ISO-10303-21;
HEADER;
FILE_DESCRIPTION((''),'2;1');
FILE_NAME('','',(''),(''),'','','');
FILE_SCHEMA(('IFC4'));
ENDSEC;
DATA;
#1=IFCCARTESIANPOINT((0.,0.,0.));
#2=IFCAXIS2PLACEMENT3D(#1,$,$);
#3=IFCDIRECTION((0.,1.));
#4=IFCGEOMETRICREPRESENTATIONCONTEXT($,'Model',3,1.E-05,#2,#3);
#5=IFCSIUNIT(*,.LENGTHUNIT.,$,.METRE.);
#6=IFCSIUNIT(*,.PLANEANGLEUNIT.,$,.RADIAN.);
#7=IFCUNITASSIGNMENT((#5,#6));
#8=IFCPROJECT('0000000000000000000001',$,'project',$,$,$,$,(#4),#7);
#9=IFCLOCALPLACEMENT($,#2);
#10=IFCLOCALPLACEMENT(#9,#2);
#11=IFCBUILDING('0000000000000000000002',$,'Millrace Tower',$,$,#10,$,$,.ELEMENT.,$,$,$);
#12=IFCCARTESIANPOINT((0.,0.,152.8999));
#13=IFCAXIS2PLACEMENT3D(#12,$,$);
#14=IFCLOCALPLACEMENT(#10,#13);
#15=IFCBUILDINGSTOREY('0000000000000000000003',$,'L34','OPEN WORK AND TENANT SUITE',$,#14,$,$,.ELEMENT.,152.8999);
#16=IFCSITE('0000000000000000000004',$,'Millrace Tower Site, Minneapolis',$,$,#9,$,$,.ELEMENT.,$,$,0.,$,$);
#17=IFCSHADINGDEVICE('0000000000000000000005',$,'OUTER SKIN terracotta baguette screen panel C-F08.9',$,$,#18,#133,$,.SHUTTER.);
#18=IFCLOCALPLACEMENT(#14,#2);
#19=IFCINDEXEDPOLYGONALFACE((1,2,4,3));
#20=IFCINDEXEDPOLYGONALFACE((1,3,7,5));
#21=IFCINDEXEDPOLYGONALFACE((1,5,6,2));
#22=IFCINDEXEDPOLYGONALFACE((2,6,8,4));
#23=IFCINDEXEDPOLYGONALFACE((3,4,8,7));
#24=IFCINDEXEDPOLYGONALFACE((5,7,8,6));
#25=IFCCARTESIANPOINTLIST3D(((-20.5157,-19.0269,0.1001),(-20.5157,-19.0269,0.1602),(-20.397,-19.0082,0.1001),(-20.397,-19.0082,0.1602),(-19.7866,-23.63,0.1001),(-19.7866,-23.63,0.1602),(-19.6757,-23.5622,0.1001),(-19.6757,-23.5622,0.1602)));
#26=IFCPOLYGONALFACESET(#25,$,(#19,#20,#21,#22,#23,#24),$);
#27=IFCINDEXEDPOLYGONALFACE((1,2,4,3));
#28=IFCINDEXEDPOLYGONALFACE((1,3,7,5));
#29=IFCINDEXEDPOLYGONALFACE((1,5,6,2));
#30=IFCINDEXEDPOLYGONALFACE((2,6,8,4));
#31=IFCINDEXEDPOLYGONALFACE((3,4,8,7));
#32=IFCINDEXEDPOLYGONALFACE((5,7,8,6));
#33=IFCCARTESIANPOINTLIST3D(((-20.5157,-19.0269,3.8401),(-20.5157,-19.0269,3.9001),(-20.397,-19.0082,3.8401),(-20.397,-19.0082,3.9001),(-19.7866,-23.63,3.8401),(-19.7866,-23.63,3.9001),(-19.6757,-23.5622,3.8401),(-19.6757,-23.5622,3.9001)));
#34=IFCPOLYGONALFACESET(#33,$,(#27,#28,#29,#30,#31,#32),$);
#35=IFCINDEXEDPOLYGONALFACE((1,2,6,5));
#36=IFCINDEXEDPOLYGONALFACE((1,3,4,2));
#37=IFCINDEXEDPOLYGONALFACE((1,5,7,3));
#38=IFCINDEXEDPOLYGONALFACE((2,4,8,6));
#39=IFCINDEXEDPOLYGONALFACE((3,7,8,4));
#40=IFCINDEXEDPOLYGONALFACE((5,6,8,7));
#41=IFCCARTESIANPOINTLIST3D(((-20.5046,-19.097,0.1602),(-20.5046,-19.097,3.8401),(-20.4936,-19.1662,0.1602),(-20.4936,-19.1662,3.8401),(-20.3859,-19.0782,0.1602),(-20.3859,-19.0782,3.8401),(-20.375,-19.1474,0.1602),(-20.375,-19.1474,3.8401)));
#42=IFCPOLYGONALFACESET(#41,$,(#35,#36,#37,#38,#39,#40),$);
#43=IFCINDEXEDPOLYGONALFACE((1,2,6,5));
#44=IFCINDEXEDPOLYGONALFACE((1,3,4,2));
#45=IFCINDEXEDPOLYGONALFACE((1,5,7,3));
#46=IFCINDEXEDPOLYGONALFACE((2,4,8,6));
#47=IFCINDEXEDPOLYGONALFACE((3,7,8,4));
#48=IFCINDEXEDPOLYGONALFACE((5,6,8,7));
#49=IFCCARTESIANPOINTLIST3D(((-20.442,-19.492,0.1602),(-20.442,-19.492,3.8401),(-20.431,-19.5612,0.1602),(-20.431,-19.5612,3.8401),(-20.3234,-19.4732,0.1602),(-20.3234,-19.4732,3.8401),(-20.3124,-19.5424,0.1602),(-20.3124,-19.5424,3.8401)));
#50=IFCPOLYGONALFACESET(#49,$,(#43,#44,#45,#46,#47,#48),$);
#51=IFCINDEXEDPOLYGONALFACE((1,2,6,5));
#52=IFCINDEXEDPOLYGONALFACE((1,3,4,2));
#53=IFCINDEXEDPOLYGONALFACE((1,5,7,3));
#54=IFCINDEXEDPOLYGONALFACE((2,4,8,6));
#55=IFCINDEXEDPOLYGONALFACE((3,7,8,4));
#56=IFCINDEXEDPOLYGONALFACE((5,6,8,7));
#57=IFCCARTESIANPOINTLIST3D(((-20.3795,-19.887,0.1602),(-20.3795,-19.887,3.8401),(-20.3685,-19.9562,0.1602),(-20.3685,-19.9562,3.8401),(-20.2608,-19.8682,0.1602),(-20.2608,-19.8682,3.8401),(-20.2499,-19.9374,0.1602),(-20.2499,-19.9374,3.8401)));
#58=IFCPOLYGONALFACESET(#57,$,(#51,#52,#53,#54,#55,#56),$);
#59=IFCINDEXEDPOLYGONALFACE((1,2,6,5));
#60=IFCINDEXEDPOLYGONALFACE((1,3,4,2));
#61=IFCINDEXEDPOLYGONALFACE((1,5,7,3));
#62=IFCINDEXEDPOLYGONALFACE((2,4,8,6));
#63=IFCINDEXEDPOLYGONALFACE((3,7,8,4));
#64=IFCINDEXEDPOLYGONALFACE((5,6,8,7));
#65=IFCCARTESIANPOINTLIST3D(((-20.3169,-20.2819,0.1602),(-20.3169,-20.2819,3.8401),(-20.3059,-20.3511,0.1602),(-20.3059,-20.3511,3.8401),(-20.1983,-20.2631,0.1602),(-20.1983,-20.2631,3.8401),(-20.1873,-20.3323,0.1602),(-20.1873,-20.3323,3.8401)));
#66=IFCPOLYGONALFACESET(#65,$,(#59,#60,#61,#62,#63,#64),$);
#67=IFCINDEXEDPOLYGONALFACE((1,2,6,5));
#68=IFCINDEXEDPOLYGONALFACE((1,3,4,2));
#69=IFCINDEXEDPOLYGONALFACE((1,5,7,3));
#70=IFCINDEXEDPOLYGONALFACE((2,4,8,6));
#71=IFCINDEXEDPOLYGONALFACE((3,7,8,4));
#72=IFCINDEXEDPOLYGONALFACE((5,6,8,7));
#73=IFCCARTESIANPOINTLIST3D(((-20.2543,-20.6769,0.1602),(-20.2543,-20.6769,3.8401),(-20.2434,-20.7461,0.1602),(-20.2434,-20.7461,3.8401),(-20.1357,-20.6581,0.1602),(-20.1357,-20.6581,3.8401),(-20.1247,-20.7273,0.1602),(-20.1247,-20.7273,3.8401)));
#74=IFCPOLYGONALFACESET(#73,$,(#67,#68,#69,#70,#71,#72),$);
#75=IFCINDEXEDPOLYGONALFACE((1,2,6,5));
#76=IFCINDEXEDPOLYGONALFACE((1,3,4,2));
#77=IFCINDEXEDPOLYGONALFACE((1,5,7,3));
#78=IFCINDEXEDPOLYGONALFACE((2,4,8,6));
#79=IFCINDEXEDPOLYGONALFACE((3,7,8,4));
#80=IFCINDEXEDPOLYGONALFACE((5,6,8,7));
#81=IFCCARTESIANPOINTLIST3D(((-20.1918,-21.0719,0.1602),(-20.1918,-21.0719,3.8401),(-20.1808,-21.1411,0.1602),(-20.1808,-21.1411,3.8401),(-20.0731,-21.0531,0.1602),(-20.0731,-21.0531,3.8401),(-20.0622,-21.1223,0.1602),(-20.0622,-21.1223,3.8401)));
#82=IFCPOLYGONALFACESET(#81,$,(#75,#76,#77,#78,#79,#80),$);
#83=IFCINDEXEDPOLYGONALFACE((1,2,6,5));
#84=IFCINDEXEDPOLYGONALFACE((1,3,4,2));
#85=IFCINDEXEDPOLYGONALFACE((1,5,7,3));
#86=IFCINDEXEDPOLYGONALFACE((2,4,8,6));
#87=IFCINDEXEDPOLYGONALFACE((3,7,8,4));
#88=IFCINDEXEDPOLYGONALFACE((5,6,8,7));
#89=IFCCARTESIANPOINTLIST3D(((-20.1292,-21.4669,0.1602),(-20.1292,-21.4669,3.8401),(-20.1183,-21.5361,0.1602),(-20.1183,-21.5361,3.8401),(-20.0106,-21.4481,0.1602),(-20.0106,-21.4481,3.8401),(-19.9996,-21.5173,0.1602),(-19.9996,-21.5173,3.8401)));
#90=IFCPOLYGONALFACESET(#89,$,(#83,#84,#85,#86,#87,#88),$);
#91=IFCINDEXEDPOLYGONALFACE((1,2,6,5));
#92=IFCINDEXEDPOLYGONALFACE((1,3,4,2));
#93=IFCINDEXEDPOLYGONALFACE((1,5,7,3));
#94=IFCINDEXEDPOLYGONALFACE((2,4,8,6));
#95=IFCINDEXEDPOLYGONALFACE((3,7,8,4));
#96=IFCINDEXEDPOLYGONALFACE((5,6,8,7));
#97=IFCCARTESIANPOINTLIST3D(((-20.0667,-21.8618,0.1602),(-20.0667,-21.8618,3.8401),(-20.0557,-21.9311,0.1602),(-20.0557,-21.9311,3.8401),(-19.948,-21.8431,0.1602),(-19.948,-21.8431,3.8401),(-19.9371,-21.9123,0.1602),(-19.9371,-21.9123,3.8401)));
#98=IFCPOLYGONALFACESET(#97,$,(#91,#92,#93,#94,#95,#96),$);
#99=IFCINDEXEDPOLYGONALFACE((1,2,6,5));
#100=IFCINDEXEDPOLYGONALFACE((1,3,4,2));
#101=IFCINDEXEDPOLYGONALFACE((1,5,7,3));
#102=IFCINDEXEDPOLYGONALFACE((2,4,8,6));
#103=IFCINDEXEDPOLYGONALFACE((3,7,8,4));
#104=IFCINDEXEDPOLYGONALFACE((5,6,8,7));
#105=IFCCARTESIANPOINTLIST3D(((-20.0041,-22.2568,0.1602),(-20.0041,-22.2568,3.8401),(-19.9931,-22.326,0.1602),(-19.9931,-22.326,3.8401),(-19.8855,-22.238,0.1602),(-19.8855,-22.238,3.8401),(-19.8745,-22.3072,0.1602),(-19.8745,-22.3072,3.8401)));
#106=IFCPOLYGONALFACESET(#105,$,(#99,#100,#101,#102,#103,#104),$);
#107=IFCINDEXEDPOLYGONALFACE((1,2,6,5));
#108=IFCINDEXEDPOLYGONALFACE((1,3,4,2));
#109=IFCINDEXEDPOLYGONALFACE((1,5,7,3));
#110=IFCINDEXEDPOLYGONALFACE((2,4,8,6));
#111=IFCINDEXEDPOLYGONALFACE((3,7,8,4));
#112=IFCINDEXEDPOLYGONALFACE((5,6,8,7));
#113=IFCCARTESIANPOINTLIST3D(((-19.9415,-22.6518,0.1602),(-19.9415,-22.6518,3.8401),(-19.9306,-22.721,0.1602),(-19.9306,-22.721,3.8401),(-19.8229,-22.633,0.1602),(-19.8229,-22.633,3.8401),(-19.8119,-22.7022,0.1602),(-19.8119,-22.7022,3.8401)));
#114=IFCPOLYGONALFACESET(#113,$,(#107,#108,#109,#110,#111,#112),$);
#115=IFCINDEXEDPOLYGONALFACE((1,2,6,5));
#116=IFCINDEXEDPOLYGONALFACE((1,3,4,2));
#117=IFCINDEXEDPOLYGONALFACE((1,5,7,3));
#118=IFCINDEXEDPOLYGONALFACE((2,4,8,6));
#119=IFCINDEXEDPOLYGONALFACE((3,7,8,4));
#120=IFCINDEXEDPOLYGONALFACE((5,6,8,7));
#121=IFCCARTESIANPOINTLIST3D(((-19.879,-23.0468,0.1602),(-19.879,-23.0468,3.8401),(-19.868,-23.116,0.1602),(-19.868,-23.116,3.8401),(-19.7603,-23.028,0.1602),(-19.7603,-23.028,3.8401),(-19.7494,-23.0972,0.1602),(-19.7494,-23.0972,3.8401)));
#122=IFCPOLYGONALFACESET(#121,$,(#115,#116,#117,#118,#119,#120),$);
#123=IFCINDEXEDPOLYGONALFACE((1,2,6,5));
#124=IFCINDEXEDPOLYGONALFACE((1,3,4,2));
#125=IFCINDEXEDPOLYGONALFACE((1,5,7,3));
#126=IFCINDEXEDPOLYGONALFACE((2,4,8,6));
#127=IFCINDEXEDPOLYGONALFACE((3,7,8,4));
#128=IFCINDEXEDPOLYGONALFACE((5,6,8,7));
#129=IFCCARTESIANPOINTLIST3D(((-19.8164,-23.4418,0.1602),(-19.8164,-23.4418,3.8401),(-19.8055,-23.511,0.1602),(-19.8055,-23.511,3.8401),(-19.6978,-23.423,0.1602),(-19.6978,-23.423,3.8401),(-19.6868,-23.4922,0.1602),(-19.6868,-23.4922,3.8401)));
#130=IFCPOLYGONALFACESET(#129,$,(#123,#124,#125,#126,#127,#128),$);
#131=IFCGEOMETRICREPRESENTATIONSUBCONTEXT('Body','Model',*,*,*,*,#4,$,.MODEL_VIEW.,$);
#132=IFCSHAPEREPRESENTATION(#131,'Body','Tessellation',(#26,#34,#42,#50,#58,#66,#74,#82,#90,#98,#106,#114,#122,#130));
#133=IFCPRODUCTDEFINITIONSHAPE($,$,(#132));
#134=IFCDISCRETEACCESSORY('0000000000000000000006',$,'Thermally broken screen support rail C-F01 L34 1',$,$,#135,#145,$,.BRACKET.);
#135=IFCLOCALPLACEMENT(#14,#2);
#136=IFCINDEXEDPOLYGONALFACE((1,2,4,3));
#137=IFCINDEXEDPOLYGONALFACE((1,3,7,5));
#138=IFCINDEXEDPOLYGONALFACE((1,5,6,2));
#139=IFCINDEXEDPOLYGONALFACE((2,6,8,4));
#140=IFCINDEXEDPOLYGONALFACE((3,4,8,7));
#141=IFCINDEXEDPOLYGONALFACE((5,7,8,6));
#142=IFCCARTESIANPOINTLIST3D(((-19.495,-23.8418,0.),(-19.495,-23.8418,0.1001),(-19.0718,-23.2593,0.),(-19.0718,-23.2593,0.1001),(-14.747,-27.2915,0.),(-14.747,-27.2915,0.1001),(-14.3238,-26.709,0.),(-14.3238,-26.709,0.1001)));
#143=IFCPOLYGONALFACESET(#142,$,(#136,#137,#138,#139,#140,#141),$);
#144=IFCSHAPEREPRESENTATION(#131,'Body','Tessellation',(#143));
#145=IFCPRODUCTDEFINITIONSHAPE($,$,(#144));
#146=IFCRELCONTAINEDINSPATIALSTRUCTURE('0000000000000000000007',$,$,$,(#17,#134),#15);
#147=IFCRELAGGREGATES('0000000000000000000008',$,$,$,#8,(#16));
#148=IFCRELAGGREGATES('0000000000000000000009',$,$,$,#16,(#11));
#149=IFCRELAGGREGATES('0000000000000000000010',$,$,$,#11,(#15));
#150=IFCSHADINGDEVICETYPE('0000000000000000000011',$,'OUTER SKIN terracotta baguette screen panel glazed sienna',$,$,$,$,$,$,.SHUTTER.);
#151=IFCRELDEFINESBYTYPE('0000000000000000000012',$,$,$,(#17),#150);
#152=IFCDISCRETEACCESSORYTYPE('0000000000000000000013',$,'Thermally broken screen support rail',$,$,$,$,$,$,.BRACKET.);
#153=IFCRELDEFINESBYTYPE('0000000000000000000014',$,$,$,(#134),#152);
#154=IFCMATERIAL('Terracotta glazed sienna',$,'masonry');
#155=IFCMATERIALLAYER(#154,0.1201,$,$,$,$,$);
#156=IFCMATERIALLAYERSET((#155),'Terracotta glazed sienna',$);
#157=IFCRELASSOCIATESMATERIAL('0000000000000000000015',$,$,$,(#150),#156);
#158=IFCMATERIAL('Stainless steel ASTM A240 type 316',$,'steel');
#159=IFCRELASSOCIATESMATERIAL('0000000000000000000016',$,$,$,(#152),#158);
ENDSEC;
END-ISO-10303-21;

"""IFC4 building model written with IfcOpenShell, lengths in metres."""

from ifc_helpers import new_model, entity, si_unit, direction, frame, frame_2d, origin, origin_2d, place, context, subcontext, project, spatial, rectangle, extrude, source, transform, mapped, material, layer, layer_set, type_object, element, save


model = new_model("IFC4")

# Units and contexts
model_context = context("Model", 3, precision=1e-05, world=origin(), true_north=direction((0.0, 1.0)))
body_context = subcontext(model_context, "Body", "Model", "MODEL_VIEW")
ifc_project = project(units=[si_unit("LENGTHUNIT", "METRE"), si_unit("PLANEANGLEUNIT", "RADIAN")], contexts=[model_context])

# Site, building, storey
site_placement = place(None, origin())
site = spatial("IfcSite", under=ifc_project, at=site_placement, Name="Millrace Tower Site, Minneapolis", CompositionType="ELEMENT", RefElevation=0.0)
building_placement = place(site_placement, origin())
building = spatial("IfcBuilding", under=site, at=building_placement, Name="Millrace Tower", CompositionType="ELEMENT")
storey_placement = place(building_placement, frame((0.0, 0.0, 152.8999)))
storey = spatial("IfcBuildingStorey", under=building, at=storey_placement, Name="L34", Description="OPEN WORK AND TENANT SUITE", CompositionType="ELEMENT", Elevation=152.8999)

# Shading device
ifc_material_1 = material(Name="Terracotta glazed sienna", Category="masonry")
ifc_layer_1 = layer(ifc_material_1, 0.1201)
ifc_layer_set_1 = layer_set([ifc_layer_1], Name="Terracotta glazed sienna")
shading_device_type = type_object("IfcShadingDeviceType", Name="OUTER SKIN terracotta baguette screen panel glazed sienna", PredefinedType="SHUTTER", material=ifc_layer_set_1)
cartesian_point_1 = entity("IfcCartesianPoint", [-2.3179, 0.0601])
shared_polyline_1 = entity("IfcPolyline", [cartesian_point_1, entity("IfcCartesianPoint", [2.293, 0.0601]), entity("IfcCartesianPoint", [2.3425, -0.0601]), entity("IfcCartesianPoint", [-2.3179, -0.0601]), cartesian_point_1])
shared_shape_1 = source(origin(), body_context, "Body", "SweptSolid", [
    entity("IfcExtrudedAreaSolid", entity("IfcArbitraryClosedProfileDef", "AREA", None, shared_polyline_1), entity("IfcAxis2Placement3D", entity("IfcCartesianPoint", [0.0, 0.0, 0.0])), entity("IfcDirection", [0.0, 0.0, 1.0]), 0.0601),
    entity("IfcExtrudedAreaSolid", entity("IfcArbitraryClosedProfileDef", "AREA", None, shared_polyline_1), entity("IfcAxis2Placement3D", entity("IfcCartesianPoint", [0.0, 0.0, 3.74])), entity("IfcDirection", [0.0, 0.0, 1.0]), 0.0601),
    extrude(rectangle(XDim=0.0701, YDim=0.1201, at=frame_2d((-2.2119, 0.0))), frame((0.0, 0.0, 0.0601)), (0.0, 0.0, 1.0), 3.6799),
    extrude(rectangle(XDim=0.0701, YDim=0.1201, at=frame_2d((-1.812, 0.0))), frame((0.0, 0.0, 0.0601)), (0.0, 0.0, 1.0), 3.6799),
    extrude(rectangle(XDim=0.0701, YDim=0.1201, at=frame_2d((-1.4121, 0.0))), frame((0.0, 0.0, 0.0601)), (0.0, 0.0, 1.0), 3.6799),
    extrude(rectangle(XDim=0.0701, YDim=0.1201, at=frame_2d((-1.0122, 0.0))), frame((0.0, 0.0, 0.0601)), (0.0, 0.0, 1.0), 3.6799),
    extrude(rectangle(XDim=0.0701, YDim=0.1201, at=frame_2d((-0.6123, 0.0))), frame((0.0, 0.0, 0.0601)), (0.0, 0.0, 1.0), 3.6799),
    extrude(rectangle(XDim=0.0701, YDim=0.1201, at=frame_2d((-0.2124, 0.0))), frame((0.0, 0.0, 0.0601)), (0.0, 0.0, 1.0), 3.6799),
    extrude(rectangle(XDim=0.0701, YDim=0.1201, at=frame_2d((0.1875, 0.0))), frame((0.0, 0.0, 0.0601)), (0.0, 0.0, 1.0), 3.6799),
    extrude(rectangle(XDim=0.0701, YDim=0.1201, at=frame_2d((0.5874, 0.0))), frame((0.0, 0.0, 0.0601)), (0.0, 0.0, 1.0), 3.6799),
    extrude(rectangle(XDim=0.0701, YDim=0.1201, at=frame_2d((0.9873, 0.0))), frame((0.0, 0.0, 0.0601)), (0.0, 0.0, 1.0), 3.6799),
    extrude(rectangle(XDim=0.0701, YDim=0.1201, at=frame_2d((1.3872, 0.0))), frame((0.0, 0.0, 0.0601)), (0.0, 0.0, 1.0), 3.6799),
    extrude(rectangle(XDim=0.0701, YDim=0.1201, at=frame_2d((1.7871, 0.0))), frame((0.0, 0.0, 0.0601)), (0.0, 0.0, 1.0), 3.6799),
    extrude(rectangle(XDim=0.0701, YDim=0.1201, at=frame_2d((2.187, 0.0))), frame((0.0, 0.0, 0.0601)), (0.0, 0.0, 1.0), 3.6799),
])
shading_device_1_placement = place(storey_placement, frame((-20.0938, -21.3069, 0.1001), z_axis=(0.0, 0.0, 1.0), x_axis=(0.156434, -0.987688, 0.0)))
element("IfcShadingDevice", 1, at=shading_device_1_placement, inside=storey, type_object=shading_device_type, Name="OUTER SKIN terracotta baguette screen panel C-F08.9", PredefinedType="SHUTTER", context=body_context, shape_type="MappedRepresentation", body=[
    mapped(shared_shape_1, transform((0.0, 0.0, 0.0), scale=1.0)),
])

# Discrete accessory
ifc_material_2 = material(Name="Stainless steel ASTM A240 type 316", Category="steel")
discrete_accessory_type = type_object("IfcDiscreteAccessoryType", Name="Thermally broken screen support rail", PredefinedType="BRACKET", material=ifc_material_2)
discrete_accessory_placement = place(storey_placement, frame((-16.9094, -25.2754, 0.0), z_axis=(0.0, 0.0, 1.0), x_axis=(0.809017, -0.587785, 0.0)))
element("IfcDiscreteAccessory", 2, at=discrete_accessory_placement, inside=storey, type_object=discrete_accessory_type, Name="Thermally broken screen support rail C-F01 L34 1", PredefinedType="BRACKET", context=body_context, shape_type="SweptSolid", body=[
    extrude(rectangle(XDim=5.8689, YDim=0.72, at=origin_2d()), origin(), (0.0, 0.0, 1.0), 0.1001),
])

save(model, "model.ifc")
